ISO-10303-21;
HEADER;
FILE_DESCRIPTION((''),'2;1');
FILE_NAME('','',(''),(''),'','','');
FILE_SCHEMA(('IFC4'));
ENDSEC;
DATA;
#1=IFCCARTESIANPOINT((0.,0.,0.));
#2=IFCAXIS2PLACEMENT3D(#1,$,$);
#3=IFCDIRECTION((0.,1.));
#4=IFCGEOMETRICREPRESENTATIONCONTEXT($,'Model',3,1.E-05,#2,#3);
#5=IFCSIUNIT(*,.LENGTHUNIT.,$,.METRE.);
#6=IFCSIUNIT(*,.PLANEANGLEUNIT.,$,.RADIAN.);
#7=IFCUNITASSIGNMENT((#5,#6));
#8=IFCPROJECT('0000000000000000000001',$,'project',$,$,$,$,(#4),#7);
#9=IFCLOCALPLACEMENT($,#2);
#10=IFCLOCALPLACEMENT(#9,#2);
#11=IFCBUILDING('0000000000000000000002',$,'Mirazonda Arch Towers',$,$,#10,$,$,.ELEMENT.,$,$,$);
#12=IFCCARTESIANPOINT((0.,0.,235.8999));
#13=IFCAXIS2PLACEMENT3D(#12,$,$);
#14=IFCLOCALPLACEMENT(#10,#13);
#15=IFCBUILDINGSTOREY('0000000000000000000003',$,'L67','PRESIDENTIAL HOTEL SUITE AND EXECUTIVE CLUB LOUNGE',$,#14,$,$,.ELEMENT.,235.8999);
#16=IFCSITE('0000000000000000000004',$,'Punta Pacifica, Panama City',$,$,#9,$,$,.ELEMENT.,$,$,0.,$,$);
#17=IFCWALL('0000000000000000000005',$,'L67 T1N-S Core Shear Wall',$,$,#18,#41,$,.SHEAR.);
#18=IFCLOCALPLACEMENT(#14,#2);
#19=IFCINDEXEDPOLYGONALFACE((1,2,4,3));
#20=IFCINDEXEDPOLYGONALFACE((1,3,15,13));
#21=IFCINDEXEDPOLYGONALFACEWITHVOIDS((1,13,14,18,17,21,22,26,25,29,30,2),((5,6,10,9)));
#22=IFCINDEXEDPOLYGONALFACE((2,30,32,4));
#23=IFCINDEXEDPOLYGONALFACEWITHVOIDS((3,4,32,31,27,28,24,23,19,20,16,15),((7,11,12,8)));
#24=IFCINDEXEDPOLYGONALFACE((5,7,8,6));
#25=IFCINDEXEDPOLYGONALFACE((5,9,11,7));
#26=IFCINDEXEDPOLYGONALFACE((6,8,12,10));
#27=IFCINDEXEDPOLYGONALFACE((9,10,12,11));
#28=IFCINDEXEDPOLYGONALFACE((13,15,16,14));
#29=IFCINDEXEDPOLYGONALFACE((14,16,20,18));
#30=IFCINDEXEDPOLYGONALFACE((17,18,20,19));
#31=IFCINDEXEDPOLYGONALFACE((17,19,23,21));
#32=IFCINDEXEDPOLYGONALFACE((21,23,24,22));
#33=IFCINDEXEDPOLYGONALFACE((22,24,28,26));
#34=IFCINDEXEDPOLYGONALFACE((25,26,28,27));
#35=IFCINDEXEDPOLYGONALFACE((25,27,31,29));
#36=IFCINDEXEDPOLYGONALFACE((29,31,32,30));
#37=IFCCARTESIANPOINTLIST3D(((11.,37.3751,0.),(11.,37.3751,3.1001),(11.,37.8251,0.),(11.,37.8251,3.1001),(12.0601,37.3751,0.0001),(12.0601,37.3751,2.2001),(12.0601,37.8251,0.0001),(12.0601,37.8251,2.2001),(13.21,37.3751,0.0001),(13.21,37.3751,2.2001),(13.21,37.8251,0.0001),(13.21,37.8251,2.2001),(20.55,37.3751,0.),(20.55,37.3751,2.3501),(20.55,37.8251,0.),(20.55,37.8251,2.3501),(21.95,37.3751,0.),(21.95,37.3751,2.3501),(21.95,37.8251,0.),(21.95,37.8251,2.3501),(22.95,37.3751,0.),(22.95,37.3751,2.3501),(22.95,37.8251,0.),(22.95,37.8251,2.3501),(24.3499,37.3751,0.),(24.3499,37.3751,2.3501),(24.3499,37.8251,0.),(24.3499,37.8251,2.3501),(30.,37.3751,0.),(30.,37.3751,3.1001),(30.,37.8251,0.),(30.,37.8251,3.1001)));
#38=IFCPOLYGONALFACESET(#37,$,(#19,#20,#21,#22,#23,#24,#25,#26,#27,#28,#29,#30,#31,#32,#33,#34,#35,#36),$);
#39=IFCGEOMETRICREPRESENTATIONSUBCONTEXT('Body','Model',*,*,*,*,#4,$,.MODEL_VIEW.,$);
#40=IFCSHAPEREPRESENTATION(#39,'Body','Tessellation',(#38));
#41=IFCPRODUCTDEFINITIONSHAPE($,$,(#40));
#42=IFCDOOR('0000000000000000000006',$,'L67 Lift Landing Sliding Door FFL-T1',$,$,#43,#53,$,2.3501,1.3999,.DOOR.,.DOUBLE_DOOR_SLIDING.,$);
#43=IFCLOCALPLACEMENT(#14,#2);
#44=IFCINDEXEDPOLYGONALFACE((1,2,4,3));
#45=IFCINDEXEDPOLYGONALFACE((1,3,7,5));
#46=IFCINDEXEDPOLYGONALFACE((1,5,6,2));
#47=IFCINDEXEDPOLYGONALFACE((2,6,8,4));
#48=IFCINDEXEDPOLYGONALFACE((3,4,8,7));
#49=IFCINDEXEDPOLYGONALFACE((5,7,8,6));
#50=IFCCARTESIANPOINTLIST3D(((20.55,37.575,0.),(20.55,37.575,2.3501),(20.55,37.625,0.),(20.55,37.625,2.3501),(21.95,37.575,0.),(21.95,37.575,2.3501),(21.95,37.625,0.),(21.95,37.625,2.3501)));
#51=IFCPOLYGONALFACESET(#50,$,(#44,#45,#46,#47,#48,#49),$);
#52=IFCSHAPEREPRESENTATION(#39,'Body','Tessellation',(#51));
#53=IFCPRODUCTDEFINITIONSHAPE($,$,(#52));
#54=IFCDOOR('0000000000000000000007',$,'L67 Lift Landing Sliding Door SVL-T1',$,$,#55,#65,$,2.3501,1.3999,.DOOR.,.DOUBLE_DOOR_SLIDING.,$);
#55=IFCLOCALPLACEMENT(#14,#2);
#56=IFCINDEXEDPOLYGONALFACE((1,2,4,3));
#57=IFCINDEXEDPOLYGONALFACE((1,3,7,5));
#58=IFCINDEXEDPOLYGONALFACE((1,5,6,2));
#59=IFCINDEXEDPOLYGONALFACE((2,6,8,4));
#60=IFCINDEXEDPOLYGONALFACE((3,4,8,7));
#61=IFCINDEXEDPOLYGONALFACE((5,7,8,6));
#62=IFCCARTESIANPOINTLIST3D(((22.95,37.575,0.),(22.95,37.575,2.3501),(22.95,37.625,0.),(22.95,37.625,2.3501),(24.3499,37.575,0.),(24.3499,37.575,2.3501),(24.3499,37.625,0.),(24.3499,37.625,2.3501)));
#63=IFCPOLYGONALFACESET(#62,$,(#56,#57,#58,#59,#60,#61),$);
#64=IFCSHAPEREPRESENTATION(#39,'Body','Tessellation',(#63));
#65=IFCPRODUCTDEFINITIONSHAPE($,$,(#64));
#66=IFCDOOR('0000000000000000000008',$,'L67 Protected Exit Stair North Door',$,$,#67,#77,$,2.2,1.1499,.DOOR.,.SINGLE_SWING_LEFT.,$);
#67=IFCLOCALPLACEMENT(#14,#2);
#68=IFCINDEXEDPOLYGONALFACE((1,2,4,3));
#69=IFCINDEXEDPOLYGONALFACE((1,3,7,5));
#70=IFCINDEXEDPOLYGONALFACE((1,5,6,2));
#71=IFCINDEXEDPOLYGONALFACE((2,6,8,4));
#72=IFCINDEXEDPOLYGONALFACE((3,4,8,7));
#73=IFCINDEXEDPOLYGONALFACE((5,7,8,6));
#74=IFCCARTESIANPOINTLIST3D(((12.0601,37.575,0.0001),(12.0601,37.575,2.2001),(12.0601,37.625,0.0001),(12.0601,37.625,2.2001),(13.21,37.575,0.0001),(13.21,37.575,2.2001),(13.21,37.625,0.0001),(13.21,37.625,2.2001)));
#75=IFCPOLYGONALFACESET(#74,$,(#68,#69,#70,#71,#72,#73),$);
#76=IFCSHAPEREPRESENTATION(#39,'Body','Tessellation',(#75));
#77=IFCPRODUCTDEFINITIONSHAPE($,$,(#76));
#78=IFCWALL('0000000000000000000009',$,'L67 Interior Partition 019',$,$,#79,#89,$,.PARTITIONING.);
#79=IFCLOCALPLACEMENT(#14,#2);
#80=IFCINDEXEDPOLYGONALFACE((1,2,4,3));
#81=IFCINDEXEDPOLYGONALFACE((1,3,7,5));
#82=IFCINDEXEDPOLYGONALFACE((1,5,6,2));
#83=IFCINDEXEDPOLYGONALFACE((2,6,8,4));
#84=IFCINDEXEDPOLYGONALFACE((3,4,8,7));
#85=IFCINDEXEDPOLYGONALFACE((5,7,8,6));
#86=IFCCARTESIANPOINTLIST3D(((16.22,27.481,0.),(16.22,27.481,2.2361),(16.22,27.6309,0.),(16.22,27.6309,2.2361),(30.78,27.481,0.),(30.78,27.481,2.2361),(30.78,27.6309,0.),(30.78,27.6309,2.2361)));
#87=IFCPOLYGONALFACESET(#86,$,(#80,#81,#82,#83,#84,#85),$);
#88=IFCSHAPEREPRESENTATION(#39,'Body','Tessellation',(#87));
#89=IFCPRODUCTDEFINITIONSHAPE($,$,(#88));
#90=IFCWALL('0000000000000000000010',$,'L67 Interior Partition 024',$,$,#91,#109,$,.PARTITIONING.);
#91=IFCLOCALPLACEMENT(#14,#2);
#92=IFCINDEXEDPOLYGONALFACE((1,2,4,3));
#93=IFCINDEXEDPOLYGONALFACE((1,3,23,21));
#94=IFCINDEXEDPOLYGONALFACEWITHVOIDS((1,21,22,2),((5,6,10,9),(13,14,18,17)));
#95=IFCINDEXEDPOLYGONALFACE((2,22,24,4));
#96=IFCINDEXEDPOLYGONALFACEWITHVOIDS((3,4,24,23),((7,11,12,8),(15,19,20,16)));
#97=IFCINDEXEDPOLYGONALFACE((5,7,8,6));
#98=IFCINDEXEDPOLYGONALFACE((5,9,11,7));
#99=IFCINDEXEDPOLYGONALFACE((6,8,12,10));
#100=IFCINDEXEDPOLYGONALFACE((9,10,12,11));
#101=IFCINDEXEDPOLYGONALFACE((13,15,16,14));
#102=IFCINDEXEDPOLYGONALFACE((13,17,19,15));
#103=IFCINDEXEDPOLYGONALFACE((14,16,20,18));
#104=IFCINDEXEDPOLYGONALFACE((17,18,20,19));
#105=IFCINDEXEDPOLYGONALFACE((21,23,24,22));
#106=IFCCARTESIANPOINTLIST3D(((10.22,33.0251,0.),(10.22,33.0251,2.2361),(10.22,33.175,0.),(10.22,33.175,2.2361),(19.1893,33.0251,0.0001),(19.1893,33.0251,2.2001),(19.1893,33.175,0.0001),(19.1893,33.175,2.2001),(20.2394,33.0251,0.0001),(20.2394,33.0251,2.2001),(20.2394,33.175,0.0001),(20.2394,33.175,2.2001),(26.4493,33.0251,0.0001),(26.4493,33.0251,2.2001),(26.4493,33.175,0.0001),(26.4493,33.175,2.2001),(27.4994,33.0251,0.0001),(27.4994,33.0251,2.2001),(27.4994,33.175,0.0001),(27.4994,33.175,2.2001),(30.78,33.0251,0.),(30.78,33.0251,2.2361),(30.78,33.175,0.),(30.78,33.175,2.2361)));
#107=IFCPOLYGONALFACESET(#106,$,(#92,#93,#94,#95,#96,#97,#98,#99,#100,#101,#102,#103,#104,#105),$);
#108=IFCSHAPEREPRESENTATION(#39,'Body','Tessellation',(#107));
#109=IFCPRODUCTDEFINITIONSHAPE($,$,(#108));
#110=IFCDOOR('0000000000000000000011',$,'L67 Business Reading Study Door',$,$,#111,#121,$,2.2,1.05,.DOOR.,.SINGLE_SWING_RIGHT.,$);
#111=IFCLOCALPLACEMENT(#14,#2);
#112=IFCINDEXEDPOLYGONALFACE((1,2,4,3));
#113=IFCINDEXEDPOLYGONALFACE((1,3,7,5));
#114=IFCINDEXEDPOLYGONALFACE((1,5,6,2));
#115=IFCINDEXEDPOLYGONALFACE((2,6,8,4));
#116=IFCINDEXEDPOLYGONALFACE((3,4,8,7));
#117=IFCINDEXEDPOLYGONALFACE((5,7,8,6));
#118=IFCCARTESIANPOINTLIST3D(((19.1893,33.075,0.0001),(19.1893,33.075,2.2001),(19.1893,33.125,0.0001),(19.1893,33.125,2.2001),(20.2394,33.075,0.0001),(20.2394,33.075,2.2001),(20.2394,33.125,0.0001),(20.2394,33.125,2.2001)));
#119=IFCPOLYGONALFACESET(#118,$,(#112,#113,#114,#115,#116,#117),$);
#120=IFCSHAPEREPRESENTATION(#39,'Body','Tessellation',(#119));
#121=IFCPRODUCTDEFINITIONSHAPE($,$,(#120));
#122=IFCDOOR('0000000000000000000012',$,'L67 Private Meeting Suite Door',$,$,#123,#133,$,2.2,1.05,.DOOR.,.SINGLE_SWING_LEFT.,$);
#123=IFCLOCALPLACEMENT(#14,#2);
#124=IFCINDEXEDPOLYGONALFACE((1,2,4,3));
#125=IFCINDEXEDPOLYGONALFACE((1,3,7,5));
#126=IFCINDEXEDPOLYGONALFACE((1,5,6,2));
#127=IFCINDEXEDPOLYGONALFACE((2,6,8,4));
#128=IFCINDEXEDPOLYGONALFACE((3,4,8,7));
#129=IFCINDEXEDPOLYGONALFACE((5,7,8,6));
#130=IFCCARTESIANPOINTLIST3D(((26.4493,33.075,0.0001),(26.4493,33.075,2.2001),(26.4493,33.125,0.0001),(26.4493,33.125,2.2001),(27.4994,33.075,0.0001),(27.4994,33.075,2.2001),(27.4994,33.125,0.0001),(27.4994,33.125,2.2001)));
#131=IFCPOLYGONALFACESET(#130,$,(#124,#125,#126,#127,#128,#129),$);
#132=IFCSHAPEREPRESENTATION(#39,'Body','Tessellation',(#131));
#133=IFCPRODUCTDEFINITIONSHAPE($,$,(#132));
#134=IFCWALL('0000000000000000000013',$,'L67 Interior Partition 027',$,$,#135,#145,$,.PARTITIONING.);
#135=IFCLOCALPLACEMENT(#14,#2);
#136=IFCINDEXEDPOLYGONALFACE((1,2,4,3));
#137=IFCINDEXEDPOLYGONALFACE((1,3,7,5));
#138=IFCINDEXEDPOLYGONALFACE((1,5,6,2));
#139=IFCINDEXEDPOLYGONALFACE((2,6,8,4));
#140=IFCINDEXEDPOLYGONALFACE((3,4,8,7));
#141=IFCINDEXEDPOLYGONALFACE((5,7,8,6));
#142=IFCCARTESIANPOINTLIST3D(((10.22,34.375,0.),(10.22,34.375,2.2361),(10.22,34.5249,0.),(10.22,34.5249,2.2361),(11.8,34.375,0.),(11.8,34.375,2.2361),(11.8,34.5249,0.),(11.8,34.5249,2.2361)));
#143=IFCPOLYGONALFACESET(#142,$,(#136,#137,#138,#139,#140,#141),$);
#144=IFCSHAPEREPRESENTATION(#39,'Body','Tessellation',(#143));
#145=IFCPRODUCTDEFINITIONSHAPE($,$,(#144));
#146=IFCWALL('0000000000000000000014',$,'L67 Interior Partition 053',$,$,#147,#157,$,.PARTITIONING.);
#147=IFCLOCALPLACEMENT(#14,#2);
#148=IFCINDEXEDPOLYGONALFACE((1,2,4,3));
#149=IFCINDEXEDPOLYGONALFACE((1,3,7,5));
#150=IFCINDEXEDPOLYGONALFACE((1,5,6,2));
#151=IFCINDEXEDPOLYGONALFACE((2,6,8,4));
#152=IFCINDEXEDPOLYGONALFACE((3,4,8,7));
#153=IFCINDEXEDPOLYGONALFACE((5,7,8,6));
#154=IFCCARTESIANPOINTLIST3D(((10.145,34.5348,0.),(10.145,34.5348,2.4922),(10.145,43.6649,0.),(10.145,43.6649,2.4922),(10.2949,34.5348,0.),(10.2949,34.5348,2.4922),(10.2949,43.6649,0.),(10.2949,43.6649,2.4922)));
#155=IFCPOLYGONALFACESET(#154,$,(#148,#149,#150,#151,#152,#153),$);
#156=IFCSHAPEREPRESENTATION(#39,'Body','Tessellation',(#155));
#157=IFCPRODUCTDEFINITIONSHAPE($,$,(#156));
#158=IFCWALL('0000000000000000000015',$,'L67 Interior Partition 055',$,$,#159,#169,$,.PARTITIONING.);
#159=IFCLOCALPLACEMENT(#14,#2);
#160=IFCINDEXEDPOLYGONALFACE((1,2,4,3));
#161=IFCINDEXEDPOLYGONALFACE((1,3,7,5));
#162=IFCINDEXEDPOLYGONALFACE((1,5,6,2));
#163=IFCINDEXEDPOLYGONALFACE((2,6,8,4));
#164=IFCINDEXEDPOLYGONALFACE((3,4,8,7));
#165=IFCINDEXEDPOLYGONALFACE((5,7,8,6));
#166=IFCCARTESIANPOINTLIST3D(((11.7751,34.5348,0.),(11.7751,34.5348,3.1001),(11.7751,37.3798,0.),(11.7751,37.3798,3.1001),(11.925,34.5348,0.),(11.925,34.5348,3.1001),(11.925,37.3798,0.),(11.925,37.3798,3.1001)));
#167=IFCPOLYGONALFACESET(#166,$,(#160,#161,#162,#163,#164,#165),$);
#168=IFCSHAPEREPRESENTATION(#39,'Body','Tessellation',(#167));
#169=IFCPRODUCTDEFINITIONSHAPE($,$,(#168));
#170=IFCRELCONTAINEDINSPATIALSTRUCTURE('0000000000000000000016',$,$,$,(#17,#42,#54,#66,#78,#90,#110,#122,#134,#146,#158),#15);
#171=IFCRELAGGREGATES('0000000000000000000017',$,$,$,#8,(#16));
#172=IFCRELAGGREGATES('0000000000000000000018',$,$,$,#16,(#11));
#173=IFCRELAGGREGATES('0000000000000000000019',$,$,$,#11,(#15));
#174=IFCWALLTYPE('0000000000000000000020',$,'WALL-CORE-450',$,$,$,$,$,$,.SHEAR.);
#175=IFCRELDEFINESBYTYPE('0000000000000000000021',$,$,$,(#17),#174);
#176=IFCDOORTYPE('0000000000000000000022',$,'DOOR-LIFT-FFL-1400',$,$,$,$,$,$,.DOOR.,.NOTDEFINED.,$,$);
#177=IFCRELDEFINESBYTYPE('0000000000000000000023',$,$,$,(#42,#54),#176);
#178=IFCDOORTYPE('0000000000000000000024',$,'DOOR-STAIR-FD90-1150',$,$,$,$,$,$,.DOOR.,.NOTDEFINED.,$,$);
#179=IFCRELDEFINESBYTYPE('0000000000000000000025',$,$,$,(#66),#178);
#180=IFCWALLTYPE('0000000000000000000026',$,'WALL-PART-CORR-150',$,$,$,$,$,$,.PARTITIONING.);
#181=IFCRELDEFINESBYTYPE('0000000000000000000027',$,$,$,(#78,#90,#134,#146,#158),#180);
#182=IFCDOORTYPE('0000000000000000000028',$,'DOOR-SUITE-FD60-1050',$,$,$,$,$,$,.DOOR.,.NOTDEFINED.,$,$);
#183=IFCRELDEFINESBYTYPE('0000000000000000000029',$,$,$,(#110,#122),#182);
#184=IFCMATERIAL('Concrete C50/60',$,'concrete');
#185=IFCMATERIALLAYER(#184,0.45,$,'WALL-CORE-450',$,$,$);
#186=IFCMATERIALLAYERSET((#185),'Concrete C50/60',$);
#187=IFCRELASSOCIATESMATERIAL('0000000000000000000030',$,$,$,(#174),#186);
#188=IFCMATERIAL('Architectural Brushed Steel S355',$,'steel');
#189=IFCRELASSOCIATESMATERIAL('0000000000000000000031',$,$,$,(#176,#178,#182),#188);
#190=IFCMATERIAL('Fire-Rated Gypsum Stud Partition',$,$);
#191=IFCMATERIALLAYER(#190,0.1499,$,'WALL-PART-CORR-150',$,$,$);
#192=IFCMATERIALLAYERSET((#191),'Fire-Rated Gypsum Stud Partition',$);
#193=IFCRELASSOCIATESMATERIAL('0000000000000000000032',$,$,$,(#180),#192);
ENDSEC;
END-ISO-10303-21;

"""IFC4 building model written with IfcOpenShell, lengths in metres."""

from ifc_helpers import new_model, si_unit, direction, frame, frame_2d, origin, place, context, subcontext, project, spatial, rectangle, extrude, material, layer, layer_set, type_object, element, fill, save


model = new_model("IFC4")

# Units and contexts
model_context = context("Model", 3, precision=1e-05, world=origin(), true_north=direction((0.0, 1.0)))
body_context = subcontext(model_context, "Body", "Model", "MODEL_VIEW")
ifc_project = project(units=[si_unit("LENGTHUNIT", "METRE"), si_unit("PLANEANGLEUNIT", "RADIAN")], contexts=[model_context])

# Site, building, storey
site_placement = place(None, origin())
site = spatial("IfcSite", under=ifc_project, at=site_placement, Name="Punta Pacifica, Panama City", CompositionType="ELEMENT", RefElevation=0.0)
building_placement = place(site_placement, origin())
building = spatial("IfcBuilding", under=site, at=building_placement, Name="Mirazonda Arch Towers", CompositionType="ELEMENT")
storey_placement = place(building_placement, frame((0.0, 0.0, 235.8999)))
storey = spatial("IfcBuildingStorey", under=building, at=storey_placement, Name="L67", Description="PRESIDENTIAL HOTEL SUITE AND EXECUTIVE CLUB LOUNGE", CompositionType="ELEMENT", Elevation=235.8999)

# Shared definitions
ifc_material_1 = material(Name="Concrete C50/60", Category="concrete")

# Shared definitions
ifc_layer_1 = layer(ifc_material_1, 0.45, Name="WALL-CORE-450")
ifc_layer_set_1 = layer_set([ifc_layer_1], Name="Concrete C50/60")
wall_type_1 = type_object("IfcWallType", Name="WALL-CORE-450", PredefinedType="SHEAR", material=ifc_layer_set_1)

# Wall, openings, doors
wall_1_placement = place(storey_placement, frame((11.0, 37.6001, 0.0), z_axis=(0.0, 0.0, 1.0), x_axis=(1.0, 0.0, 0.0)))
wall_1 = element("IfcWall", 1, at=wall_1_placement, inside=storey, type_object=wall_type_1, Name="L67 T1N-S Core Shear Wall", PredefinedType="SHEAR", context=body_context, shape_type="SweptSolid", body=[
    extrude(rectangle(XDim=19.0, YDim=0.45, at=frame_2d((9.5, 0.0))), origin(), (0.0, 0.0, 1.0), 3.1001),
])
opening_1_placement = place(wall_1_placement, frame((1.0601, 0.0, 0.0)))
opening_1 = element("IfcOpeningElement", 2, at=opening_1_placement, cuts=wall_1, PredefinedType="OPENING", context=body_context, shape_type="SweptSolid", body=[
    extrude(rectangle(XDim=1.1499, YDim=2.2, at=frame_2d((0.575, 1.1001))), frame((0.0, 0.2349, 0.0), z_axis=(0.0, -1.0, 0.0), x_axis=(1.0, 0.0, 0.0)), (0.0, 0.0, 1.0), 0.47),
])
opening_2_placement = place(wall_1_placement, frame((9.55, 0.0, 0.0)))
opening_2 = element("IfcOpeningElement", 3, at=opening_2_placement, cuts=wall_1, PredefinedType="OPENING", context=body_context, shape_type="SweptSolid", body=[
    extrude(rectangle(XDim=1.3999, YDim=2.3501, at=frame_2d((0.7, 1.175))), frame((0.0, 0.2349, 0.0), z_axis=(0.0, -1.0, 0.0), x_axis=(1.0, 0.0, 0.0)), (0.0, 0.0, 1.0), 0.47),
])
opening_3_placement = place(wall_1_placement, frame((11.95, 0.0, 0.0)))
opening_3 = element("IfcOpeningElement", 4, at=opening_3_placement, cuts=wall_1, PredefinedType="OPENING", context=body_context, shape_type="SweptSolid", body=[
    extrude(rectangle(XDim=1.3999, YDim=2.3501, at=frame_2d((0.7, 1.175))), frame((0.0, 0.2349, 0.0), z_axis=(0.0, -1.0, 0.0), x_axis=(1.0, 0.0, 0.0)), (0.0, 0.0, 1.0), 0.47),
])
ifc_material_2 = material(Name="Architectural Brushed Steel S355", Category="steel")
door_type_1 = type_object("IfcDoorType", Name="DOOR-LIFT-FFL-1400", OperationType="NOTDEFINED", PredefinedType="DOOR", material=ifc_material_2)
door_1_placement = place(opening_2_placement, origin())
door_1 = element("IfcDoor", 5, at=door_1_placement, inside=storey, type_object=door_type_1, Name="L67 Lift Landing Sliding Door FFL-T1", OperationType="DOUBLE_DOOR_SLIDING", OverallHeight=2.3501, OverallWidth=1.3999, PredefinedType="DOOR", context=body_context, shape_type="SweptSolid", body=[
    extrude(rectangle(XDim=1.3999, YDim=2.3501, at=frame_2d((0.7, 1.175))), frame((0.0, 0.0249, 0.0), z_axis=(0.0, -1.0, 0.0), x_axis=(1.0, 0.0, 0.0)), (0.0, 0.0, 1.0), 0.05),
])
fill(opening_2, door_1)
door_2_placement = place(opening_3_placement, origin())
door_2 = element("IfcDoor", 6, at=door_2_placement, inside=storey, type_object=door_type_1, Name="L67 Lift Landing Sliding Door SVL-T1", OperationType="DOUBLE_DOOR_SLIDING", OverallHeight=2.3501, OverallWidth=1.3999, PredefinedType="DOOR", context=body_context, shape_type="SweptSolid", body=[
    extrude(rectangle(XDim=1.3999, YDim=2.3501, at=frame_2d((0.7, 1.175))), frame((0.0, 0.0249, 0.0), z_axis=(0.0, -1.0, 0.0), x_axis=(1.0, 0.0, 0.0)), (0.0, 0.0, 1.0), 0.05),
])
fill(opening_3, door_2)
door_type_2 = type_object("IfcDoorType", Name="DOOR-STAIR-FD90-1150", OperationType="NOTDEFINED", PredefinedType="DOOR", material=ifc_material_2)
door_3_placement = place(opening_1_placement, origin())
door_3 = element("IfcDoor", 7, at=door_3_placement, inside=storey, type_object=door_type_2, Name="L67 Protected Exit Stair North Door", OperationType="SINGLE_SWING_LEFT", OverallHeight=2.2, OverallWidth=1.1499, PredefinedType="DOOR", context=body_context, shape_type="SweptSolid", body=[
    extrude(rectangle(XDim=1.1499, YDim=2.2, at=frame_2d((0.575, 1.1001))), frame((0.0, 0.0249, 0.0), z_axis=(0.0, -1.0, 0.0), x_axis=(1.0, 0.0, 0.0)), (0.0, 0.0, 1.0), 0.05),
])
fill(opening_1, door_3)

# Wall
ifc_material_3 = material(Name="Fire-Rated Gypsum Stud Partition")
ifc_layer_2 = layer(ifc_material_3, 0.1499, Name="WALL-PART-CORR-150")
ifc_layer_set_2 = layer_set([ifc_layer_2], Name="Fire-Rated Gypsum Stud Partition")
wall_type_2 = type_object("IfcWallType", Name="WALL-PART-CORR-150", PredefinedType="PARTITIONING", material=ifc_layer_set_2)
wall_2_placement = place(storey_placement, frame((16.22, 27.5559, 0.0), z_axis=(0.0, 0.0, 1.0), x_axis=(1.0, 0.0, 0.0)))
element("IfcWall", 8, at=wall_2_placement, inside=storey, type_object=wall_type_2, Name="L67 Interior Partition 019", PredefinedType="PARTITIONING", context=body_context, shape_type="SweptSolid", body=[
    extrude(rectangle(XDim=14.5601, YDim=0.1499, at=frame_2d((7.28, 0.0))), origin(), (0.0, 0.0, 1.0), 2.2361),
])

# Wall, openings, doors
wall_3_placement = place(storey_placement, frame((10.22, 33.1001, 0.0), z_axis=(0.0, 0.0, 1.0), x_axis=(1.0, 0.0, 0.0)))
wall_3 = element("IfcWall", 9, at=wall_3_placement, inside=storey, type_object=wall_type_2, Name="L67 Interior Partition 024", PredefinedType="PARTITIONING", context=body_context, shape_type="SweptSolid", body=[
    extrude(rectangle(XDim=20.5601, YDim=0.1499, at=frame_2d((10.28, 0.0))), origin(), (0.0, 0.0, 1.0), 2.2361),
])
opening_4_placement = place(wall_3_placement, frame((8.9695, 0.0, 0.0)))
opening_4 = element("IfcOpeningElement", 10, at=opening_4_placement, cuts=wall_3, PredefinedType="OPENING", context=body_context, shape_type="SweptSolid", body=[
    extrude(rectangle(XDim=1.05, YDim=2.2, at=frame_2d((0.5249, 1.1001))), frame((0.0, 0.085, 0.0), z_axis=(0.0, -1.0, 0.0), x_axis=(1.0, 0.0, 0.0)), (0.0, 0.0, 1.0), 0.1699),
])
opening_5_placement = place(wall_3_placement, frame((16.2295, 0.0, 0.0)))
opening_5 = element("IfcOpeningElement", 11, at=opening_5_placement, cuts=wall_3, PredefinedType="OPENING", context=body_context, shape_type="SweptSolid", body=[
    extrude(rectangle(XDim=1.05, YDim=2.2, at=frame_2d((0.5249, 1.1001))), frame((0.0, 0.085, 0.0), z_axis=(0.0, -1.0, 0.0), x_axis=(1.0, 0.0, 0.0)), (0.0, 0.0, 1.0), 0.1699),
])
door_type_3 = type_object("IfcDoorType", Name="DOOR-SUITE-FD60-1050", OperationType="NOTDEFINED", PredefinedType="DOOR", material=ifc_material_2)
door_4_placement = place(opening_4_placement, origin())
door_4 = element("IfcDoor", 12, at=door_4_placement, inside=storey, type_object=door_type_3, Name="L67 Business Reading Study Door", OperationType="SINGLE_SWING_RIGHT", OverallHeight=2.2, OverallWidth=1.05, PredefinedType="DOOR", context=body_context, shape_type="SweptSolid", body=[
    extrude(rectangle(XDim=1.05, YDim=2.2, at=frame_2d((0.5249, 1.1001))), frame((0.0, 0.0249, 0.0), z_axis=(0.0, -1.0, 0.0), x_axis=(1.0, 0.0, 0.0)), (0.0, 0.0, 1.0), 0.05),
])
fill(opening_4, door_4)
door_5_placement = place(opening_5_placement, origin())
door_5 = element("IfcDoor", 13, at=door_5_placement, inside=storey, type_object=door_type_3, Name="L67 Private Meeting Suite Door", OperationType="SINGLE_SWING_LEFT", OverallHeight=2.2, OverallWidth=1.05, PredefinedType="DOOR", context=body_context, shape_type="SweptSolid", body=[
    extrude(rectangle(XDim=1.05, YDim=2.2, at=frame_2d((0.5249, 1.1001))), frame((0.0, 0.0249, 0.0), z_axis=(0.0, -1.0, 0.0), x_axis=(1.0, 0.0, 0.0)), (0.0, 0.0, 1.0), 0.05),
])
fill(opening_5, door_5)

# Walls
wall_4_placement = place(storey_placement, frame((10.22, 34.45, 0.0), z_axis=(0.0, 0.0, 1.0), x_axis=(1.0, 0.0, 0.0)))
element("IfcWall", 14, at=wall_4_placement, inside=storey, type_object=wall_type_2, Name="L67 Interior Partition 027", PredefinedType="PARTITIONING", context=body_context, shape_type="SweptSolid", body=[
    extrude(rectangle(XDim=1.5801, YDim=0.1499, at=frame_2d((0.79, 0.0))), origin(), (0.0, 0.0, 1.0), 2.2361),
])
wall_5_placement = place(storey_placement, frame((10.22, 34.5349, 0.0), z_axis=(0.0, 0.0, 1.0), x_axis=(0.0, 1.0, 0.0)))
element("IfcWall", 15, at=wall_5_placement, inside=storey, type_object=wall_type_2, Name="L67 Interior Partition 053", PredefinedType="PARTITIONING", context=body_context, shape_type="SweptSolid", body=[
    extrude(rectangle(XDim=9.1301, YDim=0.1499, at=frame_2d((4.5649, 0.0))), origin(), (0.0, 0.0, 1.0), 2.4922),
])
wall_6_placement = place(storey_placement, frame((11.8501, 34.5349, 0.0), z_axis=(0.0, 0.0, 1.0), x_axis=(0.0, 1.0, 0.0)))
element("IfcWall", 16, at=wall_6_placement, inside=storey, type_object=wall_type_2, Name="L67 Interior Partition 055", PredefinedType="PARTITIONING", context=body_context, shape_type="SweptSolid", body=[
    extrude(rectangle(XDim=2.845, YDim=0.1499, at=frame_2d((1.4224, 0.0))), origin(), (0.0, 0.0, 1.0), 3.1001),
])

save(model, "model.ifc")
